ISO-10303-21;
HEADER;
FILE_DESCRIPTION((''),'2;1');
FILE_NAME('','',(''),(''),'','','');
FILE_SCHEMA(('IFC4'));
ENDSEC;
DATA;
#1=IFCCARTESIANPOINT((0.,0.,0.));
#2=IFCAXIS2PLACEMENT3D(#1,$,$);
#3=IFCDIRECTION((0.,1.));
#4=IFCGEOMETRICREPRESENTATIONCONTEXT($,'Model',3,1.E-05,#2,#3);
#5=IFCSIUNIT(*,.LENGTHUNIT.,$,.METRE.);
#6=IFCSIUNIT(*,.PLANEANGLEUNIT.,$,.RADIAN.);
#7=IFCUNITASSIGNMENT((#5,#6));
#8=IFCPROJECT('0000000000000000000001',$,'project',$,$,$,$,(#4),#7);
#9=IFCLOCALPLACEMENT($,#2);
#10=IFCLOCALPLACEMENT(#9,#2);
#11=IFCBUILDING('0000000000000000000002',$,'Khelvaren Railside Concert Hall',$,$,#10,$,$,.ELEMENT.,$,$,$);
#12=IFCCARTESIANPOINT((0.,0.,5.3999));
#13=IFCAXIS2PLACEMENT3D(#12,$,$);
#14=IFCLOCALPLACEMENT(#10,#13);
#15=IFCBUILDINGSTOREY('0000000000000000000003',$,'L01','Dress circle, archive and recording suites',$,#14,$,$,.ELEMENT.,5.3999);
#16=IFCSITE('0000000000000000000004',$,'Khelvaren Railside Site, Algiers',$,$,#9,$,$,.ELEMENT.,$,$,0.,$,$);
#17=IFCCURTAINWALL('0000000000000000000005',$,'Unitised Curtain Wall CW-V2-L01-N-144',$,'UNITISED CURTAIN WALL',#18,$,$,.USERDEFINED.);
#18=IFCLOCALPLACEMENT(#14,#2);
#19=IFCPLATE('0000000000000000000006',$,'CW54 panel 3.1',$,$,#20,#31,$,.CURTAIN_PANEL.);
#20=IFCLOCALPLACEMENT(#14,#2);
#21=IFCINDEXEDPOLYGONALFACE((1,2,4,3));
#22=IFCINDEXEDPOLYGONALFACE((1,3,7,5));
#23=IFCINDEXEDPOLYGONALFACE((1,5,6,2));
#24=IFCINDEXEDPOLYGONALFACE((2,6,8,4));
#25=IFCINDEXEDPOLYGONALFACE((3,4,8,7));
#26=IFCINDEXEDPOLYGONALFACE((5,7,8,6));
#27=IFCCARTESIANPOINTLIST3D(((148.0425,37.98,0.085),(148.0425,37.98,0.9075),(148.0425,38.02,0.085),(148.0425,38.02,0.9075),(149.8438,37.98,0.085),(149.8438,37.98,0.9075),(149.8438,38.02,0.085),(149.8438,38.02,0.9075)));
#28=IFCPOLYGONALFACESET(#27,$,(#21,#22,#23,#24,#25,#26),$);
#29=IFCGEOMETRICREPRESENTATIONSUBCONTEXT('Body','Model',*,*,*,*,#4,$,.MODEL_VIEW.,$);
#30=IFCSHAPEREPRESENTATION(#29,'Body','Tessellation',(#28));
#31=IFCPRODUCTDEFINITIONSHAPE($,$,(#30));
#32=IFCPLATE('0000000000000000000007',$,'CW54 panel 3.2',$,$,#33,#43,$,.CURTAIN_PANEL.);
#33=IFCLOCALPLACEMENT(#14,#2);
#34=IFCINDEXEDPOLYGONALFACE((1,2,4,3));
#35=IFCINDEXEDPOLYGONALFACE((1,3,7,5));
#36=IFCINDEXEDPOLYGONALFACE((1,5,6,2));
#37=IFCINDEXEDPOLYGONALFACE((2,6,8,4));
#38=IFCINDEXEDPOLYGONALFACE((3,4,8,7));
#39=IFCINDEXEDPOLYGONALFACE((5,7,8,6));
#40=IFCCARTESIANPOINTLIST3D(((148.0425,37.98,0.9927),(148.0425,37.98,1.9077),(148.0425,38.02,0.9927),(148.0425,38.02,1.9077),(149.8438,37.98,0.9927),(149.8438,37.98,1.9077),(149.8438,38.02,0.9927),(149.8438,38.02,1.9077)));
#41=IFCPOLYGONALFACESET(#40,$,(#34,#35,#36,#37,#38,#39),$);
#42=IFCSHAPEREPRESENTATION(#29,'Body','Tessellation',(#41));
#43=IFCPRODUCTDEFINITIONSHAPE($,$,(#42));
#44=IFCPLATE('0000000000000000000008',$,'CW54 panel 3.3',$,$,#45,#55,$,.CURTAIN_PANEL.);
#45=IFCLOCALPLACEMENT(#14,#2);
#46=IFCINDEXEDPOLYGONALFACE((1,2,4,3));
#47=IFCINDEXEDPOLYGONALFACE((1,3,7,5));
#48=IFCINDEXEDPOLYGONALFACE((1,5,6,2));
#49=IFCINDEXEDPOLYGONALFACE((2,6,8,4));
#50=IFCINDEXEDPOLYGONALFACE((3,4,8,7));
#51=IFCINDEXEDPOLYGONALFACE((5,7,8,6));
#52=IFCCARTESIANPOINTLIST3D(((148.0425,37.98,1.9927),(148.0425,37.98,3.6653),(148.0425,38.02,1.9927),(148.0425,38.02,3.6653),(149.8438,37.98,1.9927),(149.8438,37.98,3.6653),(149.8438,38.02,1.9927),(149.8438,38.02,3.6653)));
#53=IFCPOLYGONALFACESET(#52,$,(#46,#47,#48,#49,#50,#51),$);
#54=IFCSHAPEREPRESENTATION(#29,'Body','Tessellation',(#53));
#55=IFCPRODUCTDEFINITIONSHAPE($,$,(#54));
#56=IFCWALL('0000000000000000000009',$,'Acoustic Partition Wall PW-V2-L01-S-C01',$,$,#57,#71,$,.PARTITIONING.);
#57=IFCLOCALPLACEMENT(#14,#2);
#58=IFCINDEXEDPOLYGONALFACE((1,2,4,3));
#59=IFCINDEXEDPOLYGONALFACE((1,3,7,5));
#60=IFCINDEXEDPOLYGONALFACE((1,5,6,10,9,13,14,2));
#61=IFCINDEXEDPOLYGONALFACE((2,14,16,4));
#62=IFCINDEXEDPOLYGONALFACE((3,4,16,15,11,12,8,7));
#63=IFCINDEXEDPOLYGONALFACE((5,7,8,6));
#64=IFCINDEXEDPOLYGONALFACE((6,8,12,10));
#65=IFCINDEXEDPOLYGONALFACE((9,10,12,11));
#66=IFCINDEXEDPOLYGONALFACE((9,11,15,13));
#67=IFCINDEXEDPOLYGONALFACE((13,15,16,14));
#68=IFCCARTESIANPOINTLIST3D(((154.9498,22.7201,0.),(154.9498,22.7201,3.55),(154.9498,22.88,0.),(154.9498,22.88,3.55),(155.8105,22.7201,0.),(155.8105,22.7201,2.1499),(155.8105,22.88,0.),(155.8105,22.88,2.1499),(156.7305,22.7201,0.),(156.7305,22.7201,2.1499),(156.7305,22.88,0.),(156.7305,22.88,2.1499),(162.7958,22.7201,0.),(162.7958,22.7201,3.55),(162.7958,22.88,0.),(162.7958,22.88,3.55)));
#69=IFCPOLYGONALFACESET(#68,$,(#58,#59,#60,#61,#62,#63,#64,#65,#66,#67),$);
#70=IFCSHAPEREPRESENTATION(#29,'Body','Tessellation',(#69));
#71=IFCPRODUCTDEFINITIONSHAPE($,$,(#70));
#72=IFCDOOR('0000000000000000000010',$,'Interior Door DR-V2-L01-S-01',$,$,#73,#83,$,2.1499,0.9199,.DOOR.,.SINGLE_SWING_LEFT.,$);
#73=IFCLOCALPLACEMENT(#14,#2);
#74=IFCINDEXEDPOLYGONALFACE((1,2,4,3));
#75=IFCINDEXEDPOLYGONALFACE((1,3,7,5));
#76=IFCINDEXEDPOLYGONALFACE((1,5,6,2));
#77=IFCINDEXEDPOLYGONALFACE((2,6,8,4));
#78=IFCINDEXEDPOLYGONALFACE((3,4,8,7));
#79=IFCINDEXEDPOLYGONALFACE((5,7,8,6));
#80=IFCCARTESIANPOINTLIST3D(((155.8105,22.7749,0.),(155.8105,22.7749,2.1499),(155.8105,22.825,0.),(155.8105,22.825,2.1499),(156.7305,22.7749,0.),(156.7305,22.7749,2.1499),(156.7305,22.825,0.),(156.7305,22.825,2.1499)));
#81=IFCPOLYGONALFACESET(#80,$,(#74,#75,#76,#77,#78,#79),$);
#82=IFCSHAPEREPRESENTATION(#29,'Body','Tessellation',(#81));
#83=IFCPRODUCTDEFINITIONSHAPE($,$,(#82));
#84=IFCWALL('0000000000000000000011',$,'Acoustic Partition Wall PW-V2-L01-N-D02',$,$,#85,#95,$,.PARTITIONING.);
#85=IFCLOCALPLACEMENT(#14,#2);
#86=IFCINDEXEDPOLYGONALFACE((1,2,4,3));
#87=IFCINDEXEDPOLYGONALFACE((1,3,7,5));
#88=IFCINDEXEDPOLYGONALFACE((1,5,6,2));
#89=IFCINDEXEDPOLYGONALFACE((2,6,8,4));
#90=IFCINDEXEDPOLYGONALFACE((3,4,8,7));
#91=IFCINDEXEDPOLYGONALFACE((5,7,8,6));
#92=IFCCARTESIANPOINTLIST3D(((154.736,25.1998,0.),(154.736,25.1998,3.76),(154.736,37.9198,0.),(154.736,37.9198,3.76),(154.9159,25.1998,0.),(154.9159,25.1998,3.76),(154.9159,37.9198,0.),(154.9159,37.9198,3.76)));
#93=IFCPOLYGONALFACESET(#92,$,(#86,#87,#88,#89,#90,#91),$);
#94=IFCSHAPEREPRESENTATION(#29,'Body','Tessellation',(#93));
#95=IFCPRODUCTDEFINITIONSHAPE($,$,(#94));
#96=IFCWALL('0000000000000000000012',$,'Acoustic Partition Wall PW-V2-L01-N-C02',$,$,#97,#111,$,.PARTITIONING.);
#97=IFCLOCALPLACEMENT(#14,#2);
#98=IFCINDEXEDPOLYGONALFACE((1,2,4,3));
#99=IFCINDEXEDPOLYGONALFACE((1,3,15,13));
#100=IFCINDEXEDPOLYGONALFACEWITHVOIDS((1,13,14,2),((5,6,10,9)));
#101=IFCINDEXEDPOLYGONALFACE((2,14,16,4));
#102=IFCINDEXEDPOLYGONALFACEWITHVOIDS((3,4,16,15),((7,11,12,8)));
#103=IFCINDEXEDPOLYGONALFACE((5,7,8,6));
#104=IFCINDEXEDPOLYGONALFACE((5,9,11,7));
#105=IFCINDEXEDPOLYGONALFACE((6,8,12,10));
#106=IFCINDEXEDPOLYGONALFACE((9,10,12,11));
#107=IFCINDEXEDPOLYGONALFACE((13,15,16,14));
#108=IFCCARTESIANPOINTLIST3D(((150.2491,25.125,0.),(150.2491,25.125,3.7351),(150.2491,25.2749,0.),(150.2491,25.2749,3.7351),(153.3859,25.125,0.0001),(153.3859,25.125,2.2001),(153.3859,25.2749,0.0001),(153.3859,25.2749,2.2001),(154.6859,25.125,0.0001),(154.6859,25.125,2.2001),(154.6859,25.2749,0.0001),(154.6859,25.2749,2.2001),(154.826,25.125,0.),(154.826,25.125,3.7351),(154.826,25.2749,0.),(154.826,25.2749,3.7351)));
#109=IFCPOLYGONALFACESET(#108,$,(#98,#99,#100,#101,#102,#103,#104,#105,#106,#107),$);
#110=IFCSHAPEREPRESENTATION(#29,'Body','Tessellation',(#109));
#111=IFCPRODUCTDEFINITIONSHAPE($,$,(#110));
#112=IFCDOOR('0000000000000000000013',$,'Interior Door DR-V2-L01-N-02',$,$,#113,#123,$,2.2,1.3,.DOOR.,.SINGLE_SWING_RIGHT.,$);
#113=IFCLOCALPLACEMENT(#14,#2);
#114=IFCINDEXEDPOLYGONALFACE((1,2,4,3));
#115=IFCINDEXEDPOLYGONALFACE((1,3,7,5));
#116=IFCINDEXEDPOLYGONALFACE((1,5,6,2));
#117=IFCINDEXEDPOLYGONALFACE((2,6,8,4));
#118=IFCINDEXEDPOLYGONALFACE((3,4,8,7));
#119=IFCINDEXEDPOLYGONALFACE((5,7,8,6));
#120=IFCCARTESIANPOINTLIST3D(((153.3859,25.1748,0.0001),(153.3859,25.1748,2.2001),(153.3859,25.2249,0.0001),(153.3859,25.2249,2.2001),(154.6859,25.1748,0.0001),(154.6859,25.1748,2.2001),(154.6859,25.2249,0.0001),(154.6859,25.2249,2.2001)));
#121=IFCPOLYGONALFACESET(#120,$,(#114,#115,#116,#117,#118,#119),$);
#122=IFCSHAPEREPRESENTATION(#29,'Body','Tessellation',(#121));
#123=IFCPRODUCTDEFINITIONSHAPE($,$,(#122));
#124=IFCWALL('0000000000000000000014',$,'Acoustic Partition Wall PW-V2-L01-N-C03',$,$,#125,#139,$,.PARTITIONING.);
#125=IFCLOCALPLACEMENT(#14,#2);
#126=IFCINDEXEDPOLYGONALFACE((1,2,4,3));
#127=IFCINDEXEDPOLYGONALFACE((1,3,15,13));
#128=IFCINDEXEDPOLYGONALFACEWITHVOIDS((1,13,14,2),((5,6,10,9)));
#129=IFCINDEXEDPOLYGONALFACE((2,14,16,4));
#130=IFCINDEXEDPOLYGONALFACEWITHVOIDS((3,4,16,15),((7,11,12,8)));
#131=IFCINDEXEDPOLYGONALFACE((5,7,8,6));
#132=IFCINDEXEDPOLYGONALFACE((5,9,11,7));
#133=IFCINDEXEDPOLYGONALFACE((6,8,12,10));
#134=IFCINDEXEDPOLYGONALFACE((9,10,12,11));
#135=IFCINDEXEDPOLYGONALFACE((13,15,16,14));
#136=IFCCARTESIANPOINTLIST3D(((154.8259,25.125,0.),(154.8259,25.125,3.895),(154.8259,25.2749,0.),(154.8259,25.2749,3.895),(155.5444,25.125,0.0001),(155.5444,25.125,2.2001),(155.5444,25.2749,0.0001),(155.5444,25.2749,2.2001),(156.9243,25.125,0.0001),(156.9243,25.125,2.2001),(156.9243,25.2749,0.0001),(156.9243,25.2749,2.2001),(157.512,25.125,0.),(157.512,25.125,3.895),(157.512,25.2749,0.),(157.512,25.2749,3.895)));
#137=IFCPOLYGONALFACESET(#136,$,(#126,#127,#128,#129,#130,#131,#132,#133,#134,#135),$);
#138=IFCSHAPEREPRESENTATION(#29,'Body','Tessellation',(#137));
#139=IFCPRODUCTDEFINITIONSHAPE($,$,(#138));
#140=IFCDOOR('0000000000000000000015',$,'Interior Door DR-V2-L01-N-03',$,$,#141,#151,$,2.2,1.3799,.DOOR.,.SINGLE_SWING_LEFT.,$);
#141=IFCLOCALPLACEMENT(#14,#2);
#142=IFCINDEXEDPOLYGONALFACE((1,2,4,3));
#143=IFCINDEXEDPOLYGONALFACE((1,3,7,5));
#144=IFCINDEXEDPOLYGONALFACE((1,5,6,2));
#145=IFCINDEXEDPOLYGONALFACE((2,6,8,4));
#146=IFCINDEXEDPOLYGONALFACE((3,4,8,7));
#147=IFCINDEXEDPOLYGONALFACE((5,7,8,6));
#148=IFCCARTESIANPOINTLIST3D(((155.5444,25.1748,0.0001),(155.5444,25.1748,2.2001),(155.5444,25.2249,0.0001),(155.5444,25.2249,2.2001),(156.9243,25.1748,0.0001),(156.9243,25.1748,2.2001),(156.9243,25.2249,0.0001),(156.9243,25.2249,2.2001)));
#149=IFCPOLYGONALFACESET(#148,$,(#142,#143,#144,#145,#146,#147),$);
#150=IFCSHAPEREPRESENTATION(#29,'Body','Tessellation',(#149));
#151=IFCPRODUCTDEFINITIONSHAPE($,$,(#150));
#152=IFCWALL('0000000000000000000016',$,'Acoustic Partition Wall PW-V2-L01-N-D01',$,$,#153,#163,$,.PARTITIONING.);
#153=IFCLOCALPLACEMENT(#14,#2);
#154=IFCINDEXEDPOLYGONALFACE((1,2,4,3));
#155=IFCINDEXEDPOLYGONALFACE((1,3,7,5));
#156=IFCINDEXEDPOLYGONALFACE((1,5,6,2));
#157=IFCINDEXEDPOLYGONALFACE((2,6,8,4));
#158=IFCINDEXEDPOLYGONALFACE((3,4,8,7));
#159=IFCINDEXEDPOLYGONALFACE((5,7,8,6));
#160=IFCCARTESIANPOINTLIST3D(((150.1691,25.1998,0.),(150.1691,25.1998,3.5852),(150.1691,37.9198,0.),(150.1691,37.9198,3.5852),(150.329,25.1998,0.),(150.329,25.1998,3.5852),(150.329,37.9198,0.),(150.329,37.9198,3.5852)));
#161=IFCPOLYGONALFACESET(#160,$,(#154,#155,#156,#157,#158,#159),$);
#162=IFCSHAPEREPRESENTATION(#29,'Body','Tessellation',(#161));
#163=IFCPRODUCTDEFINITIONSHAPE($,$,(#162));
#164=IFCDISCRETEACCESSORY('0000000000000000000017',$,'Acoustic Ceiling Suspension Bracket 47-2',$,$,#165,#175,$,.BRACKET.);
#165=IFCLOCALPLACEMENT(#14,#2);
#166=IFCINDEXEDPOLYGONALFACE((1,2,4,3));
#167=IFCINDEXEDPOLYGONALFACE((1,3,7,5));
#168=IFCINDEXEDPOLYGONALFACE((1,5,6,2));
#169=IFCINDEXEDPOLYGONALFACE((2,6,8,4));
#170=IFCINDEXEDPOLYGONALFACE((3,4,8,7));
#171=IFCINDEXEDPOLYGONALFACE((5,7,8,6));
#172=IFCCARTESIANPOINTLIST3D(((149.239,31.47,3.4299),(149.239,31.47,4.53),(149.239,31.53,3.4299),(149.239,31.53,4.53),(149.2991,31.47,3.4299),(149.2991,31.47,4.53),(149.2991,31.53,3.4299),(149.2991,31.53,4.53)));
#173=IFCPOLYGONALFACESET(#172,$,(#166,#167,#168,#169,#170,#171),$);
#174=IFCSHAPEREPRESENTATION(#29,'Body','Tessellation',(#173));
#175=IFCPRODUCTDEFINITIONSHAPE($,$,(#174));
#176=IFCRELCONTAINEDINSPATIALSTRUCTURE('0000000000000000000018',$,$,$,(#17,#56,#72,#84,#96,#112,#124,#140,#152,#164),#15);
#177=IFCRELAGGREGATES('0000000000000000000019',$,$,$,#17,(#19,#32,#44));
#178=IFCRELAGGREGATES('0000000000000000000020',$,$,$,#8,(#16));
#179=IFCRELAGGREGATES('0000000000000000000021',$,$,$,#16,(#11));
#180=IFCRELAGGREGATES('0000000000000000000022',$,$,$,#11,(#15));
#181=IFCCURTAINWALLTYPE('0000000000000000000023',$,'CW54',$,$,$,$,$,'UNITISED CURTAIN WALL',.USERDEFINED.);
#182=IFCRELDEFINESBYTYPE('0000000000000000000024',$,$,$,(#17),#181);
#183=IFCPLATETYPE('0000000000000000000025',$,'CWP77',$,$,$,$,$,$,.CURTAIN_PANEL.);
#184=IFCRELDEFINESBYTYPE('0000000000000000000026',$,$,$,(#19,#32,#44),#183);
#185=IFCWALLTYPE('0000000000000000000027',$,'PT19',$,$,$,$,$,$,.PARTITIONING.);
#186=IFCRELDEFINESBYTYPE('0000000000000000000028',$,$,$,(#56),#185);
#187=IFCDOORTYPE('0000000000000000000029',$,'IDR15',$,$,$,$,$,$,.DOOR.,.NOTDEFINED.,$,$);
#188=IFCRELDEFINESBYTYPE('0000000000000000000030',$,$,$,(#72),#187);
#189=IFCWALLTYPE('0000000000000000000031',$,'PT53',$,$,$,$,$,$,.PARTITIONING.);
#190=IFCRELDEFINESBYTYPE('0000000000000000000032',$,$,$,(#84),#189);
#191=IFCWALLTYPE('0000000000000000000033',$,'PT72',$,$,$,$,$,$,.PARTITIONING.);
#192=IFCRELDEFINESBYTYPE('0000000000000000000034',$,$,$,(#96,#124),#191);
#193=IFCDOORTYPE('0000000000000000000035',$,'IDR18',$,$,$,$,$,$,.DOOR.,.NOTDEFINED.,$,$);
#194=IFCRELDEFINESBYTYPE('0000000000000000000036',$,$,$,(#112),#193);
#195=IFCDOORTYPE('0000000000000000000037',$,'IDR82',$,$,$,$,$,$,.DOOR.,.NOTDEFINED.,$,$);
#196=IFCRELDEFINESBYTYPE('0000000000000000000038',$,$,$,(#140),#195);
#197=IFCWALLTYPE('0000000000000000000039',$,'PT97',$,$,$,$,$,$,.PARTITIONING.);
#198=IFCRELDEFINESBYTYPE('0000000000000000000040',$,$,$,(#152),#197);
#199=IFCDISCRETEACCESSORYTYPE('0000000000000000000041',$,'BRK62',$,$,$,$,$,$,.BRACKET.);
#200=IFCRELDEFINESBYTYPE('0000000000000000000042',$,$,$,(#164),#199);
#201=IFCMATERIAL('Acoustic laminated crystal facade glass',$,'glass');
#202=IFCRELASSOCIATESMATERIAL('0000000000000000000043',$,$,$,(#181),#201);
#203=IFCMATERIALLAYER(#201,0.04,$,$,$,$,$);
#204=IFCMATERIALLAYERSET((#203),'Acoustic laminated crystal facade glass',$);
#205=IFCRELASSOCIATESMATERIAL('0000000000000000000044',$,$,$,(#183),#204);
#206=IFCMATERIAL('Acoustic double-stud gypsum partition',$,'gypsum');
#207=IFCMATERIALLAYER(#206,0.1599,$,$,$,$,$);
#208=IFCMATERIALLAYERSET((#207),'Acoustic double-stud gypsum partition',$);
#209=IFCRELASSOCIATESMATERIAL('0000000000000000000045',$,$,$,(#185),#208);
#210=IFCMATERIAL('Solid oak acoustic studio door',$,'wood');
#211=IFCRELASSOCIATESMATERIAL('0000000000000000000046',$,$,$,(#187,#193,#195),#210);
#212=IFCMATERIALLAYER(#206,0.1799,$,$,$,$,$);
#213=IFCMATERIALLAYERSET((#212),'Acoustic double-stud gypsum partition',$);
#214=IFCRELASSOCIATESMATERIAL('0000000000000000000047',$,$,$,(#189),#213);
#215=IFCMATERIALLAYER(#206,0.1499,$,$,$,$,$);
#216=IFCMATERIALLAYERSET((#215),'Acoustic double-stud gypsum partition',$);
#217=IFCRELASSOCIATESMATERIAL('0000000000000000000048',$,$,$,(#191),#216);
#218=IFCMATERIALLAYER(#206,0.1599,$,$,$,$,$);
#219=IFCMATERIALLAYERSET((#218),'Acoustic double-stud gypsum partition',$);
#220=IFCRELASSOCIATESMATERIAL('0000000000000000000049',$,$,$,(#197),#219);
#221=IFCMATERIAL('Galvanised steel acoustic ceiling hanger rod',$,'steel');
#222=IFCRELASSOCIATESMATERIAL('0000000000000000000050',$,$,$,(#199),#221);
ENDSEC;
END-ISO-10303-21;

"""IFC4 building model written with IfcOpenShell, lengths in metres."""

from ifc_helpers import new_model, si_unit, direction, frame, frame_2d, origin, origin_2d, place, context, subcontext, project, spatial, rectangle, extrude, material, layer, layer_set, type_object, element, fill, aggregate, save


model = new_model("IFC4")

# Units and contexts
model_context = context("Model", 3, precision=1e-05, world=origin(), true_north=direction((0.0, 1.0)))
body_context = subcontext(model_context, "Body", "Model", "MODEL_VIEW")
ifc_project = project(units=[si_unit("LENGTHUNIT", "METRE"), si_unit("PLANEANGLEUNIT", "RADIAN")], contexts=[model_context])

# Site, building, storey
site_placement = place(None, origin())
site = spatial("IfcSite", under=ifc_project, at=site_placement, Name="Khelvaren Railside Site, Algiers", CompositionType="ELEMENT", RefElevation=0.0)
building_placement = place(site_placement, origin())
building = spatial("IfcBuilding", under=site, at=building_placement, Name="Khelvaren Railside Concert Hall", CompositionType="ELEMENT")
storey_placement = place(building_placement, frame((0.0, 0.0, 5.3999)))
storey = spatial("IfcBuildingStorey", under=building, at=storey_placement, Name="L01", Description="Dress circle, archive and recording suites", CompositionType="ELEMENT", Elevation=5.3999)

# Curtain wall
ifc_material_1 = material(Name="Acoustic laminated crystal facade glass", Category="glass")
curtain_wall_type = type_object("IfcCurtainWallType", Name="CW54", ElementType="UNITISED CURTAIN WALL", PredefinedType="USERDEFINED", material=ifc_material_1)
curtain_wall_placement = place(storey_placement, origin())
curtain_wall = element("IfcCurtainWall", 1, at=curtain_wall_placement, inside=storey, type_object=curtain_wall_type, Name="Unitised Curtain Wall CW-V2-L01-N-144", ObjectType="UNITISED CURTAIN WALL", PredefinedType="USERDEFINED")

# Plates
ifc_layer_1 = layer(ifc_material_1, 0.04)
ifc_layer_set_1 = layer_set([ifc_layer_1], Name="Acoustic laminated crystal facade glass")
plate_type = type_object("IfcPlateType", Name="CWP77", PredefinedType="CURTAIN_PANEL", material=ifc_layer_set_1)
plate_1_placement = place(storey_placement, frame((148.9431, 38.0, 0.085), z_axis=(0.0, 0.0, 1.0), x_axis=(1.0, 0.0, 0.0)))
plate_1 = element("IfcPlate", 2, at=plate_1_placement, type_object=plate_type, Name="CW54 panel 3.1", PredefinedType="CURTAIN_PANEL", context=body_context, shape_type="SweptSolid", body=[
    extrude(rectangle(XDim=1.8013, YDim=0.04, at=origin_2d()), origin(), (0.0, 0.0, 1.0), 0.8225),
])
plate_2_placement = place(storey_placement, frame((148.9431, 38.0, 0.9927), z_axis=(0.0, 0.0, 1.0), x_axis=(1.0, 0.0, 0.0)))
plate_2 = element("IfcPlate", 3, at=plate_2_placement, type_object=plate_type, Name="CW54 panel 3.2", PredefinedType="CURTAIN_PANEL", context=body_context, shape_type="SweptSolid", body=[
    extrude(rectangle(XDim=1.8013, YDim=0.04, at=origin_2d()), origin(), (0.0, 0.0, 1.0), 0.915),
])
plate_3_placement = place(storey_placement, frame((148.9431, 38.0, 1.9927), z_axis=(0.0, 0.0, 1.0), x_axis=(1.0, 0.0, 0.0)))
plate_3 = element("IfcPlate", 4, at=plate_3_placement, type_object=plate_type, Name="CW54 panel 3.3", PredefinedType="CURTAIN_PANEL", context=body_context, shape_type="SweptSolid", body=[
    extrude(rectangle(XDim=1.8013, YDim=0.04, at=origin_2d()), origin(), (0.0, 0.0, 1.0), 1.6726),
])
aggregate(curtain_wall, [plate_1, plate_2, plate_3])

# Wall, opening, door
ifc_material_2 = material(Name="Acoustic double-stud gypsum partition", Category="gypsum")
ifc_layer_2 = layer(ifc_material_2, 0.1599)
ifc_layer_set_2 = layer_set([ifc_layer_2], Name="Acoustic double-stud gypsum partition")
wall_type_1 = type_object("IfcWallType", Name="PT19", PredefinedType="PARTITIONING", material=ifc_layer_set_2)
wall_1_placement = place(storey_placement, frame((154.95, 22.8, 0.0), z_axis=(0.0, 0.0, 1.0), x_axis=(1.0, 0.0, 0.0)))
wall_1 = element("IfcWall", 5, at=wall_1_placement, inside=storey, type_object=wall_type_1, Name="Acoustic Partition Wall PW-V2-L01-S-C01", PredefinedType="PARTITIONING", context=body_context, shape_type="SweptSolid", body=[
    extrude(rectangle(XDim=7.8459, YDim=0.1599, at=frame_2d((3.9229, 0.0))), origin(), (0.0, 0.0, 1.0), 3.55),
])
opening_1_placement = place(wall_1_placement, frame((0.8606, 0.0, 0.0)))
opening_1 = element("IfcOpeningElement", 6, at=opening_1_placement, cuts=wall_1, PredefinedType="OPENING", context=body_context, shape_type="SweptSolid", body=[
    extrude(rectangle(XDim=0.9199, YDim=2.1499, at=frame_2d((0.46, 1.075))), frame((0.0, 0.0898, 0.0), z_axis=(0.0, -1.0, 0.0), x_axis=(1.0, 0.0, 0.0)), (0.0, 0.0, 1.0), 0.1799),
])
ifc_material_3 = material(Name="Solid oak acoustic studio door", Category="wood")
door_type_1 = type_object("IfcDoorType", Name="IDR15", OperationType="NOTDEFINED", PredefinedType="DOOR", material=ifc_material_3)
door_1_placement = place(opening_1_placement, origin())
door_1 = element("IfcDoor", 7, at=door_1_placement, inside=storey, type_object=door_type_1, Name="Interior Door DR-V2-L01-S-01", OperationType="SINGLE_SWING_LEFT", OverallHeight=2.1499, OverallWidth=0.9199, PredefinedType="DOOR", context=body_context, shape_type="SweptSolid", body=[
    extrude(rectangle(XDim=0.9199, YDim=2.1499, at=frame_2d((0.46, 1.075))), frame((0.0, 0.0249, 0.0), z_axis=(0.0, -1.0, 0.0), x_axis=(1.0, 0.0, 0.0)), (0.0, 0.0, 1.0), 0.05),
])
fill(opening_1, door_1)

# Wall
ifc_layer_3 = layer(ifc_material_2, 0.1799)
ifc_layer_set_3 = layer_set([ifc_layer_3], Name="Acoustic double-stud gypsum partition")
wall_type_2 = type_object("IfcWallType", Name="PT53", PredefinedType="PARTITIONING", material=ifc_layer_set_3)
wall_2_placement = place(storey_placement, frame((154.8259, 25.2, 0.0), z_axis=(0.0, 0.0, 1.0), x_axis=(0.0, 1.0, 0.0)))
element("IfcWall", 8, at=wall_2_placement, inside=storey, type_object=wall_type_2, Name="Acoustic Partition Wall PW-V2-L01-N-D02", PredefinedType="PARTITIONING", context=body_context, shape_type="SweptSolid", body=[
    extrude(rectangle(XDim=12.72, YDim=0.1799, at=frame_2d((6.3599, 0.0))), origin(), (0.0, 0.0, 1.0), 3.76),
])

# Walls, openings, doors
ifc_layer_4 = layer(ifc_material_2, 0.1499)
ifc_layer_set_4 = layer_set([ifc_layer_4], Name="Acoustic double-stud gypsum partition")
wall_type_3 = type_object("IfcWallType", Name="PT72", PredefinedType="PARTITIONING", material=ifc_layer_set_4)
wall_3_placement = place(storey_placement, frame((150.249, 25.2, 0.0), z_axis=(0.0, 0.0, 1.0), x_axis=(1.0, 0.0, 0.0)))
wall_3 = element("IfcWall", 9, at=wall_3_placement, inside=storey, type_object=wall_type_3, Name="Acoustic Partition Wall PW-V2-L01-N-C02", PredefinedType="PARTITIONING", context=body_context, shape_type="SweptSolid", body=[
    extrude(rectangle(XDim=4.5769, YDim=0.1499, at=frame_2d((2.2886, 0.0))), origin(), (0.0, 0.0, 1.0), 3.7351),
])
opening_2_placement = place(wall_3_placement, frame((3.137, 0.0, 0.0)))
opening_2 = element("IfcOpeningElement", 10, at=opening_2_placement, cuts=wall_3, PredefinedType="OPENING", context=body_context, shape_type="SweptSolid", body=[
    extrude(rectangle(XDim=1.3, YDim=2.2, at=frame_2d((0.6499, 1.1001))), frame((0.0, 0.085, 0.0), z_axis=(0.0, -1.0, 0.0), x_axis=(1.0, 0.0, 0.0)), (0.0, 0.0, 1.0), 0.1699),
])
door_type_2 = type_object("IfcDoorType", Name="IDR18", OperationType="NOTDEFINED", PredefinedType="DOOR", material=ifc_material_3)
door_2_placement = place(opening_2_placement, origin())
door_2 = element("IfcDoor", 11, at=door_2_placement, inside=storey, type_object=door_type_2, Name="Interior Door DR-V2-L01-N-02", OperationType="SINGLE_SWING_RIGHT", OverallHeight=2.2, OverallWidth=1.3, PredefinedType="DOOR", context=body_context, shape_type="SweptSolid", body=[
    extrude(rectangle(XDim=1.3, YDim=2.2, at=frame_2d((0.6499, 1.1001))), frame((0.0, 0.0249, 0.0), z_axis=(0.0, -1.0, 0.0), x_axis=(1.0, 0.0, 0.0)), (0.0, 0.0, 1.0), 0.05),
])
fill(opening_2, door_2)
wall_4_placement = place(storey_placement, frame((154.8259, 25.2, 0.0), z_axis=(0.0, 0.0, 1.0), x_axis=(1.0, 0.0, 0.0)))
wall_4 = element("IfcWall", 12, at=wall_4_placement, inside=storey, type_object=wall_type_3, Name="Acoustic Partition Wall PW-V2-L01-N-C03", PredefinedType="PARTITIONING", context=body_context, shape_type="SweptSolid", body=[
    extrude(rectangle(XDim=2.686, YDim=0.1499, at=frame_2d((1.343, 0.0))), origin(), (0.0, 0.0, 1.0), 3.895),
])
opening_3_placement = place(wall_4_placement, frame((0.7185, 0.0, 0.0)))
opening_3 = element("IfcOpeningElement", 13, at=opening_3_placement, cuts=wall_4, PredefinedType="OPENING", context=body_context, shape_type="SweptSolid", body=[
    extrude(rectangle(XDim=1.3799, YDim=2.2, at=frame_2d((0.6899, 1.1001))), frame((0.0, 0.085, 0.0), z_axis=(0.0, -1.0, 0.0), x_axis=(1.0, 0.0, 0.0)), (0.0, 0.0, 1.0), 0.1699),
])
door_type_3 = type_object("IfcDoorType", Name="IDR82", OperationType="NOTDEFINED", PredefinedType="DOOR", material=ifc_material_3)
door_3_placement = place(opening_3_placement, origin())
door_3 = element("IfcDoor", 14, at=door_3_placement, inside=storey, type_object=door_type_3, Name="Interior Door DR-V2-L01-N-03", OperationType="SINGLE_SWING_LEFT", OverallHeight=2.2, OverallWidth=1.3799, PredefinedType="DOOR", context=body_context, shape_type="SweptSolid", body=[
    extrude(rectangle(XDim=1.3799, YDim=2.2, at=frame_2d((0.6899, 1.1001))), frame((0.0, 0.0249, 0.0), z_axis=(0.0, -1.0, 0.0), x_axis=(1.0, 0.0, 0.0)), (0.0, 0.0, 1.0), 0.05),
])
fill(opening_3, door_3)

# Wall
ifc_layer_5 = layer(ifc_material_2, 0.1599)
ifc_layer_set_5 = layer_set([ifc_layer_5], Name="Acoustic double-stud gypsum partition")
wall_type_4 = type_object("IfcWallType", Name="PT97", PredefinedType="PARTITIONING", material=ifc_layer_set_5)
wall_5_placement = place(storey_placement, frame((150.249, 25.2, 0.0), z_axis=(0.0, 0.0, 1.0), x_axis=(0.0, 1.0, 0.0)))
element("IfcWall", 15, at=wall_5_placement, inside=storey, type_object=wall_type_4, Name="Acoustic Partition Wall PW-V2-L01-N-D01", PredefinedType="PARTITIONING", context=body_context, shape_type="SweptSolid", body=[
    extrude(rectangle(XDim=12.72, YDim=0.1599, at=frame_2d((6.3599, 0.0))), origin(), (0.0, 0.0, 1.0), 3.5852),
])

# Discrete accessory
ifc_material_4 = material(Name="Galvanised steel acoustic ceiling hanger rod", Category="steel")
discrete_accessory_type = type_object("IfcDiscreteAccessoryType", Name="BRK62", PredefinedType="BRACKET", material=ifc_material_4)
for number, where, z_axis, x_axis, name in (
    (16, (149.269, 31.5, 3.4299), (0.0, 0.0, 1.0), (1.0, 0.0, 0.0), "Acoustic Ceiling Suspension Bracket 47-2"),
):
    element("IfcDiscreteAccessory", number, at=place(storey_placement, frame(where, z_axis=z_axis, x_axis=x_axis)), inside=storey, type_object=discrete_accessory_type, Name=name, PredefinedType="BRACKET", context=body_context, shape_type="SweptSolid", body=[
        extrude(rectangle(XDim=0.0601, YDim=0.0601, at=origin_2d()), origin(), (0.0, 0.0, 1.0), 1.1001),
    ])

save(model, "model.ifc")
